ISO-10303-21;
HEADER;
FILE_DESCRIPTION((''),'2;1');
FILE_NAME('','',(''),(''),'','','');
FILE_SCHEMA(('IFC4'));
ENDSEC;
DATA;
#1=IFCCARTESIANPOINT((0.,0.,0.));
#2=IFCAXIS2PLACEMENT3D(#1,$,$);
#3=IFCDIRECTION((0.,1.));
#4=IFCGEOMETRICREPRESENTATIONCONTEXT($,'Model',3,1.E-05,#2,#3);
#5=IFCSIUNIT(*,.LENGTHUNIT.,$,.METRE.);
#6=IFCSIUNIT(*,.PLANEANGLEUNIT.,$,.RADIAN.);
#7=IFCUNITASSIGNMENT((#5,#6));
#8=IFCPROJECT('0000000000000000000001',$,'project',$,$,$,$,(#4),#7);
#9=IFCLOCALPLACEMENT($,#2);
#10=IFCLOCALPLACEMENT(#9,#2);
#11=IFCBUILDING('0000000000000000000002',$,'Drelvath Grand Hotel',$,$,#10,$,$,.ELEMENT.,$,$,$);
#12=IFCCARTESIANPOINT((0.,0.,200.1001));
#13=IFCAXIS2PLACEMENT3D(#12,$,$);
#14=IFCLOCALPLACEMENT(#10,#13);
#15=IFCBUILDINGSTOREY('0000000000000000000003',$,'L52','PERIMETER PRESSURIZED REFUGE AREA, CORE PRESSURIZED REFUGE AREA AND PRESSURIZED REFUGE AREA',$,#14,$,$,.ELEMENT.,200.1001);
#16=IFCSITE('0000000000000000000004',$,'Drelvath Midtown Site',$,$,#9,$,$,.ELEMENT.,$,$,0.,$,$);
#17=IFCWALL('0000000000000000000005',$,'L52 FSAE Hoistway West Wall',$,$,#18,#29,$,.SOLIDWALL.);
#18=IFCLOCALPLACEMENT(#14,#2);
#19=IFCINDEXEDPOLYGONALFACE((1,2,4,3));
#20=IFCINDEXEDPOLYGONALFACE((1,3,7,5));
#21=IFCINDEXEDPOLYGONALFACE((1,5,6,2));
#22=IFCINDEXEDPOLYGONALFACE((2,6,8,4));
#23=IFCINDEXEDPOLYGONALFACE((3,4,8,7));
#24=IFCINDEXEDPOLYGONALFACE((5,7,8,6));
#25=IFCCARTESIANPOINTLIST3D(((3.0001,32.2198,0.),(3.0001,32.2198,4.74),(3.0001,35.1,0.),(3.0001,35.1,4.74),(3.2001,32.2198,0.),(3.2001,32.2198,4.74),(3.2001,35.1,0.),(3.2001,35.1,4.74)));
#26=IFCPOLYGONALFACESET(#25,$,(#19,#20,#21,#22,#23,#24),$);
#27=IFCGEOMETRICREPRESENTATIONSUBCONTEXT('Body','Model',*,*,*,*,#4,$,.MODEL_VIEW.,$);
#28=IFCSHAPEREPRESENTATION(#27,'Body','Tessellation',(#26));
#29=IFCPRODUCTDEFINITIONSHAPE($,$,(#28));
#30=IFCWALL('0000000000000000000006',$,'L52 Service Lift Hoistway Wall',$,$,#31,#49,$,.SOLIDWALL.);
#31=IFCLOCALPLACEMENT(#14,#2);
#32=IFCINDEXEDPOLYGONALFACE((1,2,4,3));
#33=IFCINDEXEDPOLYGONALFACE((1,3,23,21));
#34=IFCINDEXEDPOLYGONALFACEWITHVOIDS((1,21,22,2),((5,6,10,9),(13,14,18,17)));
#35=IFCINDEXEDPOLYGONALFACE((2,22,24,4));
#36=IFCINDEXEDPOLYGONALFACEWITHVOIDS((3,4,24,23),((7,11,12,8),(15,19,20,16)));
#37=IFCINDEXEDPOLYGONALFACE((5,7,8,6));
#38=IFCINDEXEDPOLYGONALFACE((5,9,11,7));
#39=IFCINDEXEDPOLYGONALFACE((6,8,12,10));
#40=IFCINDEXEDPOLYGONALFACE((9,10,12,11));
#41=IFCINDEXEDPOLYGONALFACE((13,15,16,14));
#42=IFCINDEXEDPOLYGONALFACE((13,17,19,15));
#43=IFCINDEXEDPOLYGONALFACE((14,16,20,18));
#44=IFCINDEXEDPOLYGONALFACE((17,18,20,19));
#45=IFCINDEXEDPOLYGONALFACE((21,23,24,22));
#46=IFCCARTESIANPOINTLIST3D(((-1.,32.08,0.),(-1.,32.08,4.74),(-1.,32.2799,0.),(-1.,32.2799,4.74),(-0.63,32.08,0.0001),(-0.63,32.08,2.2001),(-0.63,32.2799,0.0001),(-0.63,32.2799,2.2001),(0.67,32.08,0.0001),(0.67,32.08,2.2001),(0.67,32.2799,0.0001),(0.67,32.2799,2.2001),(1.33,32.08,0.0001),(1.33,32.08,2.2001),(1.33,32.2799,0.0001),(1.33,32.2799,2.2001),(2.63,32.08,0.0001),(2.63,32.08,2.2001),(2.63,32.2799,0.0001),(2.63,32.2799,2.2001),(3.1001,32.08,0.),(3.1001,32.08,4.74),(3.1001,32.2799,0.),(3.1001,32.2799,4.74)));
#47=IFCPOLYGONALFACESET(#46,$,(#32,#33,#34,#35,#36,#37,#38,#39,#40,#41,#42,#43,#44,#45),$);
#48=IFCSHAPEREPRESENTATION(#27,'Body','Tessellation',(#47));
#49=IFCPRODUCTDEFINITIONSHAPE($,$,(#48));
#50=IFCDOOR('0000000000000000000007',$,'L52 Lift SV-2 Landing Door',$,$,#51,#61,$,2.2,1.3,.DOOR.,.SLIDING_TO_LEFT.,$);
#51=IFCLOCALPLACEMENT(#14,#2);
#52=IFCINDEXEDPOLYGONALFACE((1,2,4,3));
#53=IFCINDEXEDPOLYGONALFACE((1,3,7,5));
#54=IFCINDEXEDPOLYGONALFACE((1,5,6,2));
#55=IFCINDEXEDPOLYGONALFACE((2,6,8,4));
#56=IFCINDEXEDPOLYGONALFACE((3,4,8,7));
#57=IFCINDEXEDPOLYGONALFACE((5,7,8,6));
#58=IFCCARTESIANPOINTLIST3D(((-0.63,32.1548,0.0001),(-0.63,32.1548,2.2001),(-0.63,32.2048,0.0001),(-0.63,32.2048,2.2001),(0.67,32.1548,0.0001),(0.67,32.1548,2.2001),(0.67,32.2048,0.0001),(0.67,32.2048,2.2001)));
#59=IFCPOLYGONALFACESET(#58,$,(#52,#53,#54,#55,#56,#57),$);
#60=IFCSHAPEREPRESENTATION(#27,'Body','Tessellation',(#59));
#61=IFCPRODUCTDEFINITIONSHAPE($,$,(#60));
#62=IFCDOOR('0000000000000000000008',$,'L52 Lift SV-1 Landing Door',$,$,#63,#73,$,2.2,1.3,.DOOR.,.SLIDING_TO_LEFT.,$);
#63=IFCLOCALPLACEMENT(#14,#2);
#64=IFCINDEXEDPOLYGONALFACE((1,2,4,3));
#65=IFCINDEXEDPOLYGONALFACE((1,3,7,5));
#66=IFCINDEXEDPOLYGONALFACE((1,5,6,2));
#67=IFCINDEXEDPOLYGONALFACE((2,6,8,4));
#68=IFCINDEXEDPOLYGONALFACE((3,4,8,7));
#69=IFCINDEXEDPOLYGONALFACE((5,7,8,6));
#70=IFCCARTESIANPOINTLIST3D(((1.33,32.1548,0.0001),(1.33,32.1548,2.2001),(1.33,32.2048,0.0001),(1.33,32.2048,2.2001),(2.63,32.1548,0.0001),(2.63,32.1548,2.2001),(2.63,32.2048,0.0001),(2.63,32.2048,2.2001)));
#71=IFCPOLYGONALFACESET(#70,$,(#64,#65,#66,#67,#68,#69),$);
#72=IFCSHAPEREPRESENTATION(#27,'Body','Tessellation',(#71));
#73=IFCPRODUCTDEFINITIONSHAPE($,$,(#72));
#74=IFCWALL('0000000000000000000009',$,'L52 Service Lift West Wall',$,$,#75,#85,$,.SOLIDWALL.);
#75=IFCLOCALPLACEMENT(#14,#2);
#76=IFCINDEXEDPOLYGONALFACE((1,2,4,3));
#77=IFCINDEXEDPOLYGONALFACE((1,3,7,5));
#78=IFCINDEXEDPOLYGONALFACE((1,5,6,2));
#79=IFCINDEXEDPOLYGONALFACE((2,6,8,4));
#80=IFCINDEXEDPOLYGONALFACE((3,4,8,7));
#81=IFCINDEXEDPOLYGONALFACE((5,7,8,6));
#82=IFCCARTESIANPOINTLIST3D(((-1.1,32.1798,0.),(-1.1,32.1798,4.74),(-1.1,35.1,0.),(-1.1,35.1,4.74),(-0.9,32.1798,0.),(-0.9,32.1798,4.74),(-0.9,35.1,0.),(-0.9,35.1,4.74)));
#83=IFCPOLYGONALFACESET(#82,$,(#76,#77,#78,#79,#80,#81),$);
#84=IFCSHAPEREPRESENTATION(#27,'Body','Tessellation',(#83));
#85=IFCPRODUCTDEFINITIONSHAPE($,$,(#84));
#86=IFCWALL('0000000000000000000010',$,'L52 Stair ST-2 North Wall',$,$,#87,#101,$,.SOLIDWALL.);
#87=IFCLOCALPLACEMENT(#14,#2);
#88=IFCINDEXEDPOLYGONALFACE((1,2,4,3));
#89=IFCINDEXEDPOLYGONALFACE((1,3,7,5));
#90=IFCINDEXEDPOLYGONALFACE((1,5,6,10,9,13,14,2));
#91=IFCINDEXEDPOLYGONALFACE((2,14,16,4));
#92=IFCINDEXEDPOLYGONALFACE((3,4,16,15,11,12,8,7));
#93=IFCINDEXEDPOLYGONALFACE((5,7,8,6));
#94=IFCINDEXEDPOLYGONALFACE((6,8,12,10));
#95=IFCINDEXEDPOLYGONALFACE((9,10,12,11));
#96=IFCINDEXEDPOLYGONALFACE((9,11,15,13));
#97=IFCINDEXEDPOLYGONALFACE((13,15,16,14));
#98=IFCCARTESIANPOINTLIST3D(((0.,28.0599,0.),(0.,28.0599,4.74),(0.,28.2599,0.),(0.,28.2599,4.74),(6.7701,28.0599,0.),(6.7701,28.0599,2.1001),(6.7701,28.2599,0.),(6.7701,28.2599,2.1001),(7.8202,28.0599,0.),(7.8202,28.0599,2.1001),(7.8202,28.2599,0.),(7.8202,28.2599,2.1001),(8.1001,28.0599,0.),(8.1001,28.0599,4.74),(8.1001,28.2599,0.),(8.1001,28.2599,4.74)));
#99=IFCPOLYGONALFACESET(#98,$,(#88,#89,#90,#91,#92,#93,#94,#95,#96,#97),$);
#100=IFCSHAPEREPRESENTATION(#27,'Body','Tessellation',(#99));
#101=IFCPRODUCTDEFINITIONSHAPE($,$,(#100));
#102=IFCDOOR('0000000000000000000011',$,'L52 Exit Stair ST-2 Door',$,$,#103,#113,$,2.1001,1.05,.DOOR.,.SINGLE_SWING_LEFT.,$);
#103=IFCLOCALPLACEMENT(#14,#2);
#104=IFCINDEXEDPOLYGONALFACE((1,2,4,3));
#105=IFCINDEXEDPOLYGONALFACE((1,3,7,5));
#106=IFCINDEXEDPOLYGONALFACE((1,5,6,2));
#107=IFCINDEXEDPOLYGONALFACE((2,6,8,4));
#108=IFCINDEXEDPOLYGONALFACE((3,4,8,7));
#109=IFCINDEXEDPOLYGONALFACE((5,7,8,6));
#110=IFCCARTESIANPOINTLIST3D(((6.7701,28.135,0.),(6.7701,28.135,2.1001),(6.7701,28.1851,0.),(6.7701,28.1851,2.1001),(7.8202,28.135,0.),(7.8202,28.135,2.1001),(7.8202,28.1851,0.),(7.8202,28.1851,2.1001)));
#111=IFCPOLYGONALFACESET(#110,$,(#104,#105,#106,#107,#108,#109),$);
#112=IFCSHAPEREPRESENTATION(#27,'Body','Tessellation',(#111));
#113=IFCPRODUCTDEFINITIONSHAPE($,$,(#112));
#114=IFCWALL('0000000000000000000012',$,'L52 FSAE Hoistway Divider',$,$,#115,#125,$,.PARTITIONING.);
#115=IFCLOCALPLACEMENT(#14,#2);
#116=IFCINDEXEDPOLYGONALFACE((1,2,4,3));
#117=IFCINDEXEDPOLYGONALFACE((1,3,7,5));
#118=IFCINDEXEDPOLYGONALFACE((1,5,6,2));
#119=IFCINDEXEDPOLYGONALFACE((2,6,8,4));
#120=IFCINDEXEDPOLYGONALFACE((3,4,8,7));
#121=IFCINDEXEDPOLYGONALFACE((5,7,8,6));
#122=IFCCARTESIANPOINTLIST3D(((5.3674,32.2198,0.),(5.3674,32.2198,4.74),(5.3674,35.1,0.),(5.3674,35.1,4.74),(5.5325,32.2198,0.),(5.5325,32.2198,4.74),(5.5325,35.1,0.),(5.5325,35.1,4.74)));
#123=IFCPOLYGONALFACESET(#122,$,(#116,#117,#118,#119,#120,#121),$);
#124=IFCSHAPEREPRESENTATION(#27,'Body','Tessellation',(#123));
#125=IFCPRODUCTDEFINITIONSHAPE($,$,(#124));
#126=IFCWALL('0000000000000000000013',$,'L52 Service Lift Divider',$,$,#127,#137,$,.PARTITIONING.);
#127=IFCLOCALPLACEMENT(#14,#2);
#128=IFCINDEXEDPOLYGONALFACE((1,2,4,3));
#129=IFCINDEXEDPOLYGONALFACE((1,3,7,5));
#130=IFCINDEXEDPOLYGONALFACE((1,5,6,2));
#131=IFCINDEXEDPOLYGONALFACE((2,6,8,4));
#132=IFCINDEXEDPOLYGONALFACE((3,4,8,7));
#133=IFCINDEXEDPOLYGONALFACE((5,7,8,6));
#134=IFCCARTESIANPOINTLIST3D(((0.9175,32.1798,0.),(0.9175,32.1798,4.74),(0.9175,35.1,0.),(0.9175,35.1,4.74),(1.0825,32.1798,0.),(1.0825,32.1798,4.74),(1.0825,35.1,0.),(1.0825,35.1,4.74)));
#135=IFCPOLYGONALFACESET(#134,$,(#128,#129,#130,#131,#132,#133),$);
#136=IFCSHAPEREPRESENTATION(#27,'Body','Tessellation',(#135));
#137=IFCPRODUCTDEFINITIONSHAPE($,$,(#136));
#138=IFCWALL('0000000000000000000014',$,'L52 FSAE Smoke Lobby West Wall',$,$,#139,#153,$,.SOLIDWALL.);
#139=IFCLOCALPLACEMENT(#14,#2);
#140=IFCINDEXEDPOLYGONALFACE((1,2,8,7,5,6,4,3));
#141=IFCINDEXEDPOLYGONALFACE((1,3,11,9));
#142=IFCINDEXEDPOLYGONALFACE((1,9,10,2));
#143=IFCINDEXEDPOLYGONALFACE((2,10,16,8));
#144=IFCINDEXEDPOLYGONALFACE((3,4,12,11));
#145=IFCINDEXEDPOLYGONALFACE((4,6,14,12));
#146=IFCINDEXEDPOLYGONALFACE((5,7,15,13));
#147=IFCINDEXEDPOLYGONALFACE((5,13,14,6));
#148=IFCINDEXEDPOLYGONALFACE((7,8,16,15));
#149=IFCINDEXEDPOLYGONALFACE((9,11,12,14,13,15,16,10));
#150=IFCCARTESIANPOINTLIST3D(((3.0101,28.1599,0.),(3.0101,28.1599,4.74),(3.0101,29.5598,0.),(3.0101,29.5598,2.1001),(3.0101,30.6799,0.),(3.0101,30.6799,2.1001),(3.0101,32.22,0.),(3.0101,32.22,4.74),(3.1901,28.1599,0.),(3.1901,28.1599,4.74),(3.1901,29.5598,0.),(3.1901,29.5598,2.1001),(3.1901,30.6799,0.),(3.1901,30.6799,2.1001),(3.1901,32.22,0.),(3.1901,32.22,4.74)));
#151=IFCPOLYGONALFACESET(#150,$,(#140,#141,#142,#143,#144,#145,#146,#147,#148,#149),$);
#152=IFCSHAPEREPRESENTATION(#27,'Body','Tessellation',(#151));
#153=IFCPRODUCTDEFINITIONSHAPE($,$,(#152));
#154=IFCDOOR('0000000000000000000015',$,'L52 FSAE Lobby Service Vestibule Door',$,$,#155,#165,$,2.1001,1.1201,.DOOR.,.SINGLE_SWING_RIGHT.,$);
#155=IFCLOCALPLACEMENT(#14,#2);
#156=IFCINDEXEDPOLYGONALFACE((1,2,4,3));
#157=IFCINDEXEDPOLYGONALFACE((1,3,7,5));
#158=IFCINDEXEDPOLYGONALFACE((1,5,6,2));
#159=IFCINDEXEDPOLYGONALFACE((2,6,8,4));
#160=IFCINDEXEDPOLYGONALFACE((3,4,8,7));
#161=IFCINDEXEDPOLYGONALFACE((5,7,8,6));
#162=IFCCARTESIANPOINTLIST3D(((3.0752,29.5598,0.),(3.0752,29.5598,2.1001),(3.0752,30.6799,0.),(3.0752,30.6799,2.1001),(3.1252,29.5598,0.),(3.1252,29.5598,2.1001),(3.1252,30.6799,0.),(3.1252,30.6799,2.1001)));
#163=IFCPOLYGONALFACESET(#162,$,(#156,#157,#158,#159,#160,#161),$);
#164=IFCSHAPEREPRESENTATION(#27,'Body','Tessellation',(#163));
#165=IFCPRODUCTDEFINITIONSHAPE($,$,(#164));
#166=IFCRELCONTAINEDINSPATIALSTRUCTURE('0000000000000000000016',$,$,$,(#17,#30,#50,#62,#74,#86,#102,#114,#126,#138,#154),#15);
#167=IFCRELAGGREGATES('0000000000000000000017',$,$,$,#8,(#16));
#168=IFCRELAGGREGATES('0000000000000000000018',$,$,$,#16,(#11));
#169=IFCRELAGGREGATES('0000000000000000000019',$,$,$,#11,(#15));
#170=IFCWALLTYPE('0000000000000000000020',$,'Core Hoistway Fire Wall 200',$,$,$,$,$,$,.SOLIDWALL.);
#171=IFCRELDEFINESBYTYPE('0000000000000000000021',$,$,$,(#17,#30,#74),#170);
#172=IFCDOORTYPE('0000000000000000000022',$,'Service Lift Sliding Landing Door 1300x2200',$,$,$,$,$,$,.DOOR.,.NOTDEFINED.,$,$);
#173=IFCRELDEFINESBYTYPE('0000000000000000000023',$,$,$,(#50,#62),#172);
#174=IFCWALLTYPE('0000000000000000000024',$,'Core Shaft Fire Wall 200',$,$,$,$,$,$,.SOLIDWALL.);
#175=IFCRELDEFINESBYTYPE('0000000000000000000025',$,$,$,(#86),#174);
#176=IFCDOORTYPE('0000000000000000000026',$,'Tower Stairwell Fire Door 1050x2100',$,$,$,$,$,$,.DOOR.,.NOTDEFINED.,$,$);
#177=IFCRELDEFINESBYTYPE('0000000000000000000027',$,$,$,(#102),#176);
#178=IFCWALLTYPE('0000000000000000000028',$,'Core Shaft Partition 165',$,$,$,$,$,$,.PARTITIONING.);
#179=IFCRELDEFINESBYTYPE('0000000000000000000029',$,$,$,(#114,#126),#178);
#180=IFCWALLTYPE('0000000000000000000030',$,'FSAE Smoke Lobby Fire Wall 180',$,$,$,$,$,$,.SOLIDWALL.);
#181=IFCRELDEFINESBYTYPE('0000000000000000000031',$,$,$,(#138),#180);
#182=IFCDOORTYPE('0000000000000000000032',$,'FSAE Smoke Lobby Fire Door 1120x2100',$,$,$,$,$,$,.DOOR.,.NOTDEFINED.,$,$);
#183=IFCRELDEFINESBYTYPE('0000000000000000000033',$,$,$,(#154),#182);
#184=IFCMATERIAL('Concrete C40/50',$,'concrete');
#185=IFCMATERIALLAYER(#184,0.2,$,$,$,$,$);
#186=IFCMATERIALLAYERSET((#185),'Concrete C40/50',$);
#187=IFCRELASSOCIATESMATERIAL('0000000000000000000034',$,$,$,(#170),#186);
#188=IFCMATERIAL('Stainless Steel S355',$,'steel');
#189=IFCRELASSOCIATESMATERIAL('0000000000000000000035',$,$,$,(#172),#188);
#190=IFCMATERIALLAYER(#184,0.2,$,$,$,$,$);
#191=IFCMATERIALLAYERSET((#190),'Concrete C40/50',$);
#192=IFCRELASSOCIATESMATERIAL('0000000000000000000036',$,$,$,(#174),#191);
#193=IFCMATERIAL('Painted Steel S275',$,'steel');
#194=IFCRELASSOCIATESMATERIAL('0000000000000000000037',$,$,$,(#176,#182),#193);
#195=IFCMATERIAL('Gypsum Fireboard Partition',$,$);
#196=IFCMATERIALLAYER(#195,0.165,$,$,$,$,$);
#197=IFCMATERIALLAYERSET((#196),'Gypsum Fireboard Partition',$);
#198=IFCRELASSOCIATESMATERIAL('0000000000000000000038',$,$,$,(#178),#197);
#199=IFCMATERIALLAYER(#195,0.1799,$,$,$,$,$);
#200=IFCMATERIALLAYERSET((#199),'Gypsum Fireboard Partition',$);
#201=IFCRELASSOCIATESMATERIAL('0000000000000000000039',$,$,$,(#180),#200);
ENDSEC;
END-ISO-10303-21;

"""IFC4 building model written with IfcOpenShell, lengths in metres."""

from ifc_helpers import new_model, si_unit, direction, frame, frame_2d, origin, place, context, subcontext, project, spatial, rectangle, extrude, material, layer, layer_set, type_object, element, fill, save


model = new_model("IFC4")

# Units and contexts
model_context = context("Model", 3, precision=1e-05, world=origin(), true_north=direction((0.0, 1.0)))
body_context = subcontext(model_context, "Body", "Model", "MODEL_VIEW")
ifc_project = project(units=[si_unit("LENGTHUNIT", "METRE"), si_unit("PLANEANGLEUNIT", "RADIAN")], contexts=[model_context])

# Site, building, storey
site_placement = place(None, origin())
site = spatial("IfcSite", under=ifc_project, at=site_placement, Name="Drelvath Midtown Site", CompositionType="ELEMENT", RefElevation=0.0)
building_placement = place(site_placement, origin())
building = spatial("IfcBuilding", under=site, at=building_placement, Name="Drelvath Grand Hotel", CompositionType="ELEMENT")
storey_placement = place(building_placement, frame((0.0, 0.0, 200.1001)))
storey = spatial("IfcBuildingStorey", under=building, at=storey_placement, Name="L52", Description="PERIMETER PRESSURIZED REFUGE AREA, CORE PRESSURIZED REFUGE AREA AND PRESSURIZED REFUGE AREA", CompositionType="ELEMENT", Elevation=200.1001)

# Shared definitions
ifc_material_1 = material(Name="Concrete C40/50", Category="concrete")
ifc_layer_1 = layer(ifc_material_1, 0.2)
ifc_layer_set_1 = layer_set([ifc_layer_1], Name="Concrete C40/50")
wall_type_1 = type_object("IfcWallType", Name="Core Hoistway Fire Wall 200", PredefinedType="SOLIDWALL", material=ifc_layer_set_1)
ifc_material_2 = material(Name="Stainless Steel S355", Category="steel")

# Wall
wall_1_placement = place(storey_placement, frame((3.1001, 32.22, 0.0), z_axis=(0.0, 0.0, 1.0), x_axis=(0.0, 1.0, 0.0)))
element("IfcWall", 1, at=wall_1_placement, inside=storey, type_object=wall_type_1, Name="L52 FSAE Hoistway West Wall", PredefinedType="SOLIDWALL", context=body_context, shape_type="SweptSolid", body=[
    extrude(rectangle(XDim=2.8801, YDim=0.2, at=frame_2d((1.4399, 0.0))), origin(), (0.0, 0.0, 1.0), 4.74),
])

# Wall, openings, doors
wall_2_placement = place(storey_placement, frame((-1.0, 32.1799, 0.0), z_axis=(0.0, 0.0, 1.0), x_axis=(1.0, 0.0, 0.0)))
wall_2 = element("IfcWall", 2, at=wall_2_placement, inside=storey, type_object=wall_type_1, Name="L52 Service Lift Hoistway Wall", PredefinedType="SOLIDWALL", context=body_context, shape_type="SweptSolid", body=[
    extrude(rectangle(XDim=4.1001, YDim=0.2, at=frame_2d((2.05, 0.0))), origin(), (0.0, 0.0, 1.0), 4.74),
])
opening_1_placement = place(wall_2_placement, frame((0.3701, 0.0, 0.0)))
opening_1 = element("IfcOpeningElement", 3, at=opening_1_placement, cuts=wall_2, PredefinedType="OPENING", context=body_context, shape_type="SweptSolid", body=[
    extrude(rectangle(XDim=1.3, YDim=2.2, at=frame_2d((0.6499, 1.1001))), frame((0.0, 0.1099, 0.0), z_axis=(0.0, -1.0, 0.0), x_axis=(1.0, 0.0, 0.0)), (0.0, 0.0, 1.0), 0.22),
])
opening_2_placement = place(wall_2_placement, frame((2.3301, 0.0, 0.0)))
opening_2 = element("IfcOpeningElement", 4, at=opening_2_placement, cuts=wall_2, PredefinedType="OPENING", context=body_context, shape_type="SweptSolid", body=[
    extrude(rectangle(XDim=1.3, YDim=2.2, at=frame_2d((0.6499, 1.1001))), frame((0.0, 0.1099, 0.0), z_axis=(0.0, -1.0, 0.0), x_axis=(1.0, 0.0, 0.0)), (0.0, 0.0, 1.0), 0.22),
])
door_type_1 = type_object("IfcDoorType", Name="Service Lift Sliding Landing Door 1300x2200", OperationType="NOTDEFINED", PredefinedType="DOOR", material=ifc_material_2)
door_1_placement = place(opening_1_placement, origin())
door_1 = element("IfcDoor", 5, at=door_1_placement, inside=storey, type_object=door_type_1, Name="L52 Lift SV-2 Landing Door", OperationType="SLIDING_TO_LEFT", OverallHeight=2.2, OverallWidth=1.3, PredefinedType="DOOR", context=body_context, shape_type="SweptSolid", body=[
    extrude(rectangle(XDim=1.3, YDim=2.2, at=frame_2d((0.6499, 1.1001))), frame((0.0, 0.0249, 0.0), z_axis=(0.0, -1.0, 0.0), x_axis=(1.0, 0.0, 0.0)), (0.0, 0.0, 1.0), 0.05),
])
fill(opening_1, door_1)
door_2_placement = place(opening_2_placement, origin())
door_2 = element("IfcDoor", 6, at=door_2_placement, inside=storey, type_object=door_type_1, Name="L52 Lift SV-1 Landing Door", OperationType="SLIDING_TO_LEFT", OverallHeight=2.2, OverallWidth=1.3, PredefinedType="DOOR", context=body_context, shape_type="SweptSolid", body=[
    extrude(rectangle(XDim=1.3, YDim=2.2, at=frame_2d((0.6499, 1.1001))), frame((0.0, 0.0249, 0.0), z_axis=(0.0, -1.0, 0.0), x_axis=(1.0, 0.0, 0.0)), (0.0, 0.0, 1.0), 0.05),
])
fill(opening_2, door_2)

# Wall
wall_3_placement = place(storey_placement, frame((-1.0, 32.1799, 0.0), z_axis=(0.0, 0.0, 1.0), x_axis=(0.0, 1.0, 0.0)))
element("IfcWall", 7, at=wall_3_placement, inside=storey, type_object=wall_type_1, Name="L52 Service Lift West Wall", PredefinedType="SOLIDWALL", context=body_context, shape_type="SweptSolid", body=[
    extrude(rectangle(XDim=2.9202, YDim=0.2, at=frame_2d((1.46, 0.0))), origin(), (0.0, 0.0, 1.0), 4.74),
])

# Wall, opening, door
ifc_layer_2 = layer(ifc_material_1, 0.2)
ifc_layer_set_2 = layer_set([ifc_layer_2], Name="Concrete C40/50")
wall_type_2 = type_object("IfcWallType", Name="Core Shaft Fire Wall 200", PredefinedType="SOLIDWALL", material=ifc_layer_set_2)
wall_4_placement = place(storey_placement, frame((8.1001, 28.1599, 0.0), z_axis=(0.0, 0.0, 1.0), x_axis=(-1.0, 0.0, 0.0)))
wall_4 = element("IfcWall", 8, at=wall_4_placement, inside=storey, type_object=wall_type_2, Name="L52 Stair ST-2 North Wall", PredefinedType="SOLIDWALL", context=body_context, shape_type="SweptSolid", body=[
    extrude(rectangle(XDim=8.1001, YDim=0.2, at=frame_2d((4.05, 0.0))), origin(), (0.0, 0.0, 1.0), 4.74),
])
opening_3_placement = place(wall_4_placement, frame((0.28, 0.0, 0.0)))
opening_3 = element("IfcOpeningElement", 9, at=opening_3_placement, cuts=wall_4, PredefinedType="OPENING", context=body_context, shape_type="SweptSolid", body=[
    extrude(rectangle(XDim=1.05, YDim=2.1001, at=frame_2d((0.5249, 1.05))), frame((0.0, 0.1099, 0.0), z_axis=(0.0, -1.0, 0.0), x_axis=(1.0, 0.0, 0.0)), (0.0, 0.0, 1.0), 0.22),
])
ifc_material_3 = material(Name="Painted Steel S275", Category="steel")
door_type_2 = type_object("IfcDoorType", Name="Tower Stairwell Fire Door 1050x2100", OperationType="NOTDEFINED", PredefinedType="DOOR", material=ifc_material_3)
door_3_placement = place(opening_3_placement, origin())
door_3 = element("IfcDoor", 10, at=door_3_placement, inside=storey, type_object=door_type_2, Name="L52 Exit Stair ST-2 Door", OperationType="SINGLE_SWING_LEFT", OverallHeight=2.1001, OverallWidth=1.05, PredefinedType="DOOR", context=body_context, shape_type="SweptSolid", body=[
    extrude(rectangle(XDim=1.05, YDim=2.1001, at=frame_2d((0.5249, 1.05))), frame((0.0, 0.0249, 0.0), z_axis=(0.0, -1.0, 0.0), x_axis=(1.0, 0.0, 0.0)), (0.0, 0.0, 1.0), 0.05),
])
fill(opening_3, door_3)

# Walls
ifc_material_4 = material(Name="Gypsum Fireboard Partition")
ifc_layer_3 = layer(ifc_material_4, 0.165)
ifc_layer_set_3 = layer_set([ifc_layer_3], Name="Gypsum Fireboard Partition")
wall_type_3 = type_object("IfcWallType", Name="Core Shaft Partition 165", PredefinedType="PARTITIONING", material=ifc_layer_set_3)
wall_5_placement = place(storey_placement, frame((5.45, 32.22, 0.0), z_axis=(0.0, 0.0, 1.0), x_axis=(0.0, 1.0, 0.0)))
element("IfcWall", 11, at=wall_5_placement, inside=storey, type_object=wall_type_3, Name="L52 FSAE Hoistway Divider", PredefinedType="PARTITIONING", context=body_context, shape_type="SweptSolid", body=[
    extrude(rectangle(XDim=2.8801, YDim=0.165, at=frame_2d((1.4399, 0.0))), origin(), (0.0, 0.0, 1.0), 4.74),
])
wall_6_placement = place(storey_placement, frame((1.0, 32.1799, 0.0), z_axis=(0.0, 0.0, 1.0), x_axis=(0.0, 1.0, 0.0)))
element("IfcWall", 12, at=wall_6_placement, inside=storey, type_object=wall_type_3, Name="L52 Service Lift Divider", PredefinedType="PARTITIONING", context=body_context, shape_type="SweptSolid", body=[
    extrude(rectangle(XDim=2.9202, YDim=0.165, at=frame_2d((1.46, 0.0))), origin(), (0.0, 0.0, 1.0), 4.74),
])

# Wall, opening, door
ifc_layer_4 = layer(ifc_material_4, 0.1799)
ifc_layer_set_4 = layer_set([ifc_layer_4], Name="Gypsum Fireboard Partition")
wall_type_4 = type_object("IfcWallType", Name="FSAE Smoke Lobby Fire Wall 180", PredefinedType="SOLIDWALL", material=ifc_layer_set_4)
wall_7_placement = place(storey_placement, frame((3.1001, 28.1599, 0.0), z_axis=(0.0, 0.0, 1.0), x_axis=(0.0, 1.0, 0.0)))
wall_7 = element("IfcWall", 13, at=wall_7_placement, inside=storey, type_object=wall_type_4, Name="L52 FSAE Smoke Lobby West Wall", PredefinedType="SOLIDWALL", context=body_context, shape_type="SweptSolid", body=[
    extrude(rectangle(XDim=4.0601, YDim=0.1799, at=frame_2d((2.03, 0.0))), origin(), (0.0, 0.0, 1.0), 4.74),
])
opening_4_placement = place(wall_7_placement, frame((1.3999, 0.0, 0.0)))
opening_4 = element("IfcOpeningElement", 14, at=opening_4_placement, cuts=wall_7, PredefinedType="OPENING", context=body_context, shape_type="SweptSolid", body=[
    extrude(rectangle(XDim=1.1201, YDim=2.1001, at=frame_2d((0.5601, 1.05))), frame((0.0, 0.0999, 0.0), z_axis=(0.0, -1.0, 0.0), x_axis=(1.0, 0.0, 0.0)), (0.0, 0.0, 1.0), 0.2),
])
door_type_3 = type_object("IfcDoorType", Name="FSAE Smoke Lobby Fire Door 1120x2100", OperationType="NOTDEFINED", PredefinedType="DOOR", material=ifc_material_3)
door_4_placement = place(opening_4_placement, origin())
door_4 = element("IfcDoor", 15, at=door_4_placement, inside=storey, type_object=door_type_3, Name="L52 FSAE Lobby Service Vestibule Door", OperationType="SINGLE_SWING_RIGHT", OverallHeight=2.1001, OverallWidth=1.1201, PredefinedType="DOOR", context=body_context, shape_type="SweptSolid", body=[
    extrude(rectangle(XDim=1.1201, YDim=2.1001, at=frame_2d((0.5601, 1.05))), frame((0.0, 0.0249, 0.0), z_axis=(0.0, -1.0, 0.0), x_axis=(1.0, 0.0, 0.0)), (0.0, 0.0, 1.0), 0.05),
])
fill(opening_4, door_4)

save(model, "model.ifc")
